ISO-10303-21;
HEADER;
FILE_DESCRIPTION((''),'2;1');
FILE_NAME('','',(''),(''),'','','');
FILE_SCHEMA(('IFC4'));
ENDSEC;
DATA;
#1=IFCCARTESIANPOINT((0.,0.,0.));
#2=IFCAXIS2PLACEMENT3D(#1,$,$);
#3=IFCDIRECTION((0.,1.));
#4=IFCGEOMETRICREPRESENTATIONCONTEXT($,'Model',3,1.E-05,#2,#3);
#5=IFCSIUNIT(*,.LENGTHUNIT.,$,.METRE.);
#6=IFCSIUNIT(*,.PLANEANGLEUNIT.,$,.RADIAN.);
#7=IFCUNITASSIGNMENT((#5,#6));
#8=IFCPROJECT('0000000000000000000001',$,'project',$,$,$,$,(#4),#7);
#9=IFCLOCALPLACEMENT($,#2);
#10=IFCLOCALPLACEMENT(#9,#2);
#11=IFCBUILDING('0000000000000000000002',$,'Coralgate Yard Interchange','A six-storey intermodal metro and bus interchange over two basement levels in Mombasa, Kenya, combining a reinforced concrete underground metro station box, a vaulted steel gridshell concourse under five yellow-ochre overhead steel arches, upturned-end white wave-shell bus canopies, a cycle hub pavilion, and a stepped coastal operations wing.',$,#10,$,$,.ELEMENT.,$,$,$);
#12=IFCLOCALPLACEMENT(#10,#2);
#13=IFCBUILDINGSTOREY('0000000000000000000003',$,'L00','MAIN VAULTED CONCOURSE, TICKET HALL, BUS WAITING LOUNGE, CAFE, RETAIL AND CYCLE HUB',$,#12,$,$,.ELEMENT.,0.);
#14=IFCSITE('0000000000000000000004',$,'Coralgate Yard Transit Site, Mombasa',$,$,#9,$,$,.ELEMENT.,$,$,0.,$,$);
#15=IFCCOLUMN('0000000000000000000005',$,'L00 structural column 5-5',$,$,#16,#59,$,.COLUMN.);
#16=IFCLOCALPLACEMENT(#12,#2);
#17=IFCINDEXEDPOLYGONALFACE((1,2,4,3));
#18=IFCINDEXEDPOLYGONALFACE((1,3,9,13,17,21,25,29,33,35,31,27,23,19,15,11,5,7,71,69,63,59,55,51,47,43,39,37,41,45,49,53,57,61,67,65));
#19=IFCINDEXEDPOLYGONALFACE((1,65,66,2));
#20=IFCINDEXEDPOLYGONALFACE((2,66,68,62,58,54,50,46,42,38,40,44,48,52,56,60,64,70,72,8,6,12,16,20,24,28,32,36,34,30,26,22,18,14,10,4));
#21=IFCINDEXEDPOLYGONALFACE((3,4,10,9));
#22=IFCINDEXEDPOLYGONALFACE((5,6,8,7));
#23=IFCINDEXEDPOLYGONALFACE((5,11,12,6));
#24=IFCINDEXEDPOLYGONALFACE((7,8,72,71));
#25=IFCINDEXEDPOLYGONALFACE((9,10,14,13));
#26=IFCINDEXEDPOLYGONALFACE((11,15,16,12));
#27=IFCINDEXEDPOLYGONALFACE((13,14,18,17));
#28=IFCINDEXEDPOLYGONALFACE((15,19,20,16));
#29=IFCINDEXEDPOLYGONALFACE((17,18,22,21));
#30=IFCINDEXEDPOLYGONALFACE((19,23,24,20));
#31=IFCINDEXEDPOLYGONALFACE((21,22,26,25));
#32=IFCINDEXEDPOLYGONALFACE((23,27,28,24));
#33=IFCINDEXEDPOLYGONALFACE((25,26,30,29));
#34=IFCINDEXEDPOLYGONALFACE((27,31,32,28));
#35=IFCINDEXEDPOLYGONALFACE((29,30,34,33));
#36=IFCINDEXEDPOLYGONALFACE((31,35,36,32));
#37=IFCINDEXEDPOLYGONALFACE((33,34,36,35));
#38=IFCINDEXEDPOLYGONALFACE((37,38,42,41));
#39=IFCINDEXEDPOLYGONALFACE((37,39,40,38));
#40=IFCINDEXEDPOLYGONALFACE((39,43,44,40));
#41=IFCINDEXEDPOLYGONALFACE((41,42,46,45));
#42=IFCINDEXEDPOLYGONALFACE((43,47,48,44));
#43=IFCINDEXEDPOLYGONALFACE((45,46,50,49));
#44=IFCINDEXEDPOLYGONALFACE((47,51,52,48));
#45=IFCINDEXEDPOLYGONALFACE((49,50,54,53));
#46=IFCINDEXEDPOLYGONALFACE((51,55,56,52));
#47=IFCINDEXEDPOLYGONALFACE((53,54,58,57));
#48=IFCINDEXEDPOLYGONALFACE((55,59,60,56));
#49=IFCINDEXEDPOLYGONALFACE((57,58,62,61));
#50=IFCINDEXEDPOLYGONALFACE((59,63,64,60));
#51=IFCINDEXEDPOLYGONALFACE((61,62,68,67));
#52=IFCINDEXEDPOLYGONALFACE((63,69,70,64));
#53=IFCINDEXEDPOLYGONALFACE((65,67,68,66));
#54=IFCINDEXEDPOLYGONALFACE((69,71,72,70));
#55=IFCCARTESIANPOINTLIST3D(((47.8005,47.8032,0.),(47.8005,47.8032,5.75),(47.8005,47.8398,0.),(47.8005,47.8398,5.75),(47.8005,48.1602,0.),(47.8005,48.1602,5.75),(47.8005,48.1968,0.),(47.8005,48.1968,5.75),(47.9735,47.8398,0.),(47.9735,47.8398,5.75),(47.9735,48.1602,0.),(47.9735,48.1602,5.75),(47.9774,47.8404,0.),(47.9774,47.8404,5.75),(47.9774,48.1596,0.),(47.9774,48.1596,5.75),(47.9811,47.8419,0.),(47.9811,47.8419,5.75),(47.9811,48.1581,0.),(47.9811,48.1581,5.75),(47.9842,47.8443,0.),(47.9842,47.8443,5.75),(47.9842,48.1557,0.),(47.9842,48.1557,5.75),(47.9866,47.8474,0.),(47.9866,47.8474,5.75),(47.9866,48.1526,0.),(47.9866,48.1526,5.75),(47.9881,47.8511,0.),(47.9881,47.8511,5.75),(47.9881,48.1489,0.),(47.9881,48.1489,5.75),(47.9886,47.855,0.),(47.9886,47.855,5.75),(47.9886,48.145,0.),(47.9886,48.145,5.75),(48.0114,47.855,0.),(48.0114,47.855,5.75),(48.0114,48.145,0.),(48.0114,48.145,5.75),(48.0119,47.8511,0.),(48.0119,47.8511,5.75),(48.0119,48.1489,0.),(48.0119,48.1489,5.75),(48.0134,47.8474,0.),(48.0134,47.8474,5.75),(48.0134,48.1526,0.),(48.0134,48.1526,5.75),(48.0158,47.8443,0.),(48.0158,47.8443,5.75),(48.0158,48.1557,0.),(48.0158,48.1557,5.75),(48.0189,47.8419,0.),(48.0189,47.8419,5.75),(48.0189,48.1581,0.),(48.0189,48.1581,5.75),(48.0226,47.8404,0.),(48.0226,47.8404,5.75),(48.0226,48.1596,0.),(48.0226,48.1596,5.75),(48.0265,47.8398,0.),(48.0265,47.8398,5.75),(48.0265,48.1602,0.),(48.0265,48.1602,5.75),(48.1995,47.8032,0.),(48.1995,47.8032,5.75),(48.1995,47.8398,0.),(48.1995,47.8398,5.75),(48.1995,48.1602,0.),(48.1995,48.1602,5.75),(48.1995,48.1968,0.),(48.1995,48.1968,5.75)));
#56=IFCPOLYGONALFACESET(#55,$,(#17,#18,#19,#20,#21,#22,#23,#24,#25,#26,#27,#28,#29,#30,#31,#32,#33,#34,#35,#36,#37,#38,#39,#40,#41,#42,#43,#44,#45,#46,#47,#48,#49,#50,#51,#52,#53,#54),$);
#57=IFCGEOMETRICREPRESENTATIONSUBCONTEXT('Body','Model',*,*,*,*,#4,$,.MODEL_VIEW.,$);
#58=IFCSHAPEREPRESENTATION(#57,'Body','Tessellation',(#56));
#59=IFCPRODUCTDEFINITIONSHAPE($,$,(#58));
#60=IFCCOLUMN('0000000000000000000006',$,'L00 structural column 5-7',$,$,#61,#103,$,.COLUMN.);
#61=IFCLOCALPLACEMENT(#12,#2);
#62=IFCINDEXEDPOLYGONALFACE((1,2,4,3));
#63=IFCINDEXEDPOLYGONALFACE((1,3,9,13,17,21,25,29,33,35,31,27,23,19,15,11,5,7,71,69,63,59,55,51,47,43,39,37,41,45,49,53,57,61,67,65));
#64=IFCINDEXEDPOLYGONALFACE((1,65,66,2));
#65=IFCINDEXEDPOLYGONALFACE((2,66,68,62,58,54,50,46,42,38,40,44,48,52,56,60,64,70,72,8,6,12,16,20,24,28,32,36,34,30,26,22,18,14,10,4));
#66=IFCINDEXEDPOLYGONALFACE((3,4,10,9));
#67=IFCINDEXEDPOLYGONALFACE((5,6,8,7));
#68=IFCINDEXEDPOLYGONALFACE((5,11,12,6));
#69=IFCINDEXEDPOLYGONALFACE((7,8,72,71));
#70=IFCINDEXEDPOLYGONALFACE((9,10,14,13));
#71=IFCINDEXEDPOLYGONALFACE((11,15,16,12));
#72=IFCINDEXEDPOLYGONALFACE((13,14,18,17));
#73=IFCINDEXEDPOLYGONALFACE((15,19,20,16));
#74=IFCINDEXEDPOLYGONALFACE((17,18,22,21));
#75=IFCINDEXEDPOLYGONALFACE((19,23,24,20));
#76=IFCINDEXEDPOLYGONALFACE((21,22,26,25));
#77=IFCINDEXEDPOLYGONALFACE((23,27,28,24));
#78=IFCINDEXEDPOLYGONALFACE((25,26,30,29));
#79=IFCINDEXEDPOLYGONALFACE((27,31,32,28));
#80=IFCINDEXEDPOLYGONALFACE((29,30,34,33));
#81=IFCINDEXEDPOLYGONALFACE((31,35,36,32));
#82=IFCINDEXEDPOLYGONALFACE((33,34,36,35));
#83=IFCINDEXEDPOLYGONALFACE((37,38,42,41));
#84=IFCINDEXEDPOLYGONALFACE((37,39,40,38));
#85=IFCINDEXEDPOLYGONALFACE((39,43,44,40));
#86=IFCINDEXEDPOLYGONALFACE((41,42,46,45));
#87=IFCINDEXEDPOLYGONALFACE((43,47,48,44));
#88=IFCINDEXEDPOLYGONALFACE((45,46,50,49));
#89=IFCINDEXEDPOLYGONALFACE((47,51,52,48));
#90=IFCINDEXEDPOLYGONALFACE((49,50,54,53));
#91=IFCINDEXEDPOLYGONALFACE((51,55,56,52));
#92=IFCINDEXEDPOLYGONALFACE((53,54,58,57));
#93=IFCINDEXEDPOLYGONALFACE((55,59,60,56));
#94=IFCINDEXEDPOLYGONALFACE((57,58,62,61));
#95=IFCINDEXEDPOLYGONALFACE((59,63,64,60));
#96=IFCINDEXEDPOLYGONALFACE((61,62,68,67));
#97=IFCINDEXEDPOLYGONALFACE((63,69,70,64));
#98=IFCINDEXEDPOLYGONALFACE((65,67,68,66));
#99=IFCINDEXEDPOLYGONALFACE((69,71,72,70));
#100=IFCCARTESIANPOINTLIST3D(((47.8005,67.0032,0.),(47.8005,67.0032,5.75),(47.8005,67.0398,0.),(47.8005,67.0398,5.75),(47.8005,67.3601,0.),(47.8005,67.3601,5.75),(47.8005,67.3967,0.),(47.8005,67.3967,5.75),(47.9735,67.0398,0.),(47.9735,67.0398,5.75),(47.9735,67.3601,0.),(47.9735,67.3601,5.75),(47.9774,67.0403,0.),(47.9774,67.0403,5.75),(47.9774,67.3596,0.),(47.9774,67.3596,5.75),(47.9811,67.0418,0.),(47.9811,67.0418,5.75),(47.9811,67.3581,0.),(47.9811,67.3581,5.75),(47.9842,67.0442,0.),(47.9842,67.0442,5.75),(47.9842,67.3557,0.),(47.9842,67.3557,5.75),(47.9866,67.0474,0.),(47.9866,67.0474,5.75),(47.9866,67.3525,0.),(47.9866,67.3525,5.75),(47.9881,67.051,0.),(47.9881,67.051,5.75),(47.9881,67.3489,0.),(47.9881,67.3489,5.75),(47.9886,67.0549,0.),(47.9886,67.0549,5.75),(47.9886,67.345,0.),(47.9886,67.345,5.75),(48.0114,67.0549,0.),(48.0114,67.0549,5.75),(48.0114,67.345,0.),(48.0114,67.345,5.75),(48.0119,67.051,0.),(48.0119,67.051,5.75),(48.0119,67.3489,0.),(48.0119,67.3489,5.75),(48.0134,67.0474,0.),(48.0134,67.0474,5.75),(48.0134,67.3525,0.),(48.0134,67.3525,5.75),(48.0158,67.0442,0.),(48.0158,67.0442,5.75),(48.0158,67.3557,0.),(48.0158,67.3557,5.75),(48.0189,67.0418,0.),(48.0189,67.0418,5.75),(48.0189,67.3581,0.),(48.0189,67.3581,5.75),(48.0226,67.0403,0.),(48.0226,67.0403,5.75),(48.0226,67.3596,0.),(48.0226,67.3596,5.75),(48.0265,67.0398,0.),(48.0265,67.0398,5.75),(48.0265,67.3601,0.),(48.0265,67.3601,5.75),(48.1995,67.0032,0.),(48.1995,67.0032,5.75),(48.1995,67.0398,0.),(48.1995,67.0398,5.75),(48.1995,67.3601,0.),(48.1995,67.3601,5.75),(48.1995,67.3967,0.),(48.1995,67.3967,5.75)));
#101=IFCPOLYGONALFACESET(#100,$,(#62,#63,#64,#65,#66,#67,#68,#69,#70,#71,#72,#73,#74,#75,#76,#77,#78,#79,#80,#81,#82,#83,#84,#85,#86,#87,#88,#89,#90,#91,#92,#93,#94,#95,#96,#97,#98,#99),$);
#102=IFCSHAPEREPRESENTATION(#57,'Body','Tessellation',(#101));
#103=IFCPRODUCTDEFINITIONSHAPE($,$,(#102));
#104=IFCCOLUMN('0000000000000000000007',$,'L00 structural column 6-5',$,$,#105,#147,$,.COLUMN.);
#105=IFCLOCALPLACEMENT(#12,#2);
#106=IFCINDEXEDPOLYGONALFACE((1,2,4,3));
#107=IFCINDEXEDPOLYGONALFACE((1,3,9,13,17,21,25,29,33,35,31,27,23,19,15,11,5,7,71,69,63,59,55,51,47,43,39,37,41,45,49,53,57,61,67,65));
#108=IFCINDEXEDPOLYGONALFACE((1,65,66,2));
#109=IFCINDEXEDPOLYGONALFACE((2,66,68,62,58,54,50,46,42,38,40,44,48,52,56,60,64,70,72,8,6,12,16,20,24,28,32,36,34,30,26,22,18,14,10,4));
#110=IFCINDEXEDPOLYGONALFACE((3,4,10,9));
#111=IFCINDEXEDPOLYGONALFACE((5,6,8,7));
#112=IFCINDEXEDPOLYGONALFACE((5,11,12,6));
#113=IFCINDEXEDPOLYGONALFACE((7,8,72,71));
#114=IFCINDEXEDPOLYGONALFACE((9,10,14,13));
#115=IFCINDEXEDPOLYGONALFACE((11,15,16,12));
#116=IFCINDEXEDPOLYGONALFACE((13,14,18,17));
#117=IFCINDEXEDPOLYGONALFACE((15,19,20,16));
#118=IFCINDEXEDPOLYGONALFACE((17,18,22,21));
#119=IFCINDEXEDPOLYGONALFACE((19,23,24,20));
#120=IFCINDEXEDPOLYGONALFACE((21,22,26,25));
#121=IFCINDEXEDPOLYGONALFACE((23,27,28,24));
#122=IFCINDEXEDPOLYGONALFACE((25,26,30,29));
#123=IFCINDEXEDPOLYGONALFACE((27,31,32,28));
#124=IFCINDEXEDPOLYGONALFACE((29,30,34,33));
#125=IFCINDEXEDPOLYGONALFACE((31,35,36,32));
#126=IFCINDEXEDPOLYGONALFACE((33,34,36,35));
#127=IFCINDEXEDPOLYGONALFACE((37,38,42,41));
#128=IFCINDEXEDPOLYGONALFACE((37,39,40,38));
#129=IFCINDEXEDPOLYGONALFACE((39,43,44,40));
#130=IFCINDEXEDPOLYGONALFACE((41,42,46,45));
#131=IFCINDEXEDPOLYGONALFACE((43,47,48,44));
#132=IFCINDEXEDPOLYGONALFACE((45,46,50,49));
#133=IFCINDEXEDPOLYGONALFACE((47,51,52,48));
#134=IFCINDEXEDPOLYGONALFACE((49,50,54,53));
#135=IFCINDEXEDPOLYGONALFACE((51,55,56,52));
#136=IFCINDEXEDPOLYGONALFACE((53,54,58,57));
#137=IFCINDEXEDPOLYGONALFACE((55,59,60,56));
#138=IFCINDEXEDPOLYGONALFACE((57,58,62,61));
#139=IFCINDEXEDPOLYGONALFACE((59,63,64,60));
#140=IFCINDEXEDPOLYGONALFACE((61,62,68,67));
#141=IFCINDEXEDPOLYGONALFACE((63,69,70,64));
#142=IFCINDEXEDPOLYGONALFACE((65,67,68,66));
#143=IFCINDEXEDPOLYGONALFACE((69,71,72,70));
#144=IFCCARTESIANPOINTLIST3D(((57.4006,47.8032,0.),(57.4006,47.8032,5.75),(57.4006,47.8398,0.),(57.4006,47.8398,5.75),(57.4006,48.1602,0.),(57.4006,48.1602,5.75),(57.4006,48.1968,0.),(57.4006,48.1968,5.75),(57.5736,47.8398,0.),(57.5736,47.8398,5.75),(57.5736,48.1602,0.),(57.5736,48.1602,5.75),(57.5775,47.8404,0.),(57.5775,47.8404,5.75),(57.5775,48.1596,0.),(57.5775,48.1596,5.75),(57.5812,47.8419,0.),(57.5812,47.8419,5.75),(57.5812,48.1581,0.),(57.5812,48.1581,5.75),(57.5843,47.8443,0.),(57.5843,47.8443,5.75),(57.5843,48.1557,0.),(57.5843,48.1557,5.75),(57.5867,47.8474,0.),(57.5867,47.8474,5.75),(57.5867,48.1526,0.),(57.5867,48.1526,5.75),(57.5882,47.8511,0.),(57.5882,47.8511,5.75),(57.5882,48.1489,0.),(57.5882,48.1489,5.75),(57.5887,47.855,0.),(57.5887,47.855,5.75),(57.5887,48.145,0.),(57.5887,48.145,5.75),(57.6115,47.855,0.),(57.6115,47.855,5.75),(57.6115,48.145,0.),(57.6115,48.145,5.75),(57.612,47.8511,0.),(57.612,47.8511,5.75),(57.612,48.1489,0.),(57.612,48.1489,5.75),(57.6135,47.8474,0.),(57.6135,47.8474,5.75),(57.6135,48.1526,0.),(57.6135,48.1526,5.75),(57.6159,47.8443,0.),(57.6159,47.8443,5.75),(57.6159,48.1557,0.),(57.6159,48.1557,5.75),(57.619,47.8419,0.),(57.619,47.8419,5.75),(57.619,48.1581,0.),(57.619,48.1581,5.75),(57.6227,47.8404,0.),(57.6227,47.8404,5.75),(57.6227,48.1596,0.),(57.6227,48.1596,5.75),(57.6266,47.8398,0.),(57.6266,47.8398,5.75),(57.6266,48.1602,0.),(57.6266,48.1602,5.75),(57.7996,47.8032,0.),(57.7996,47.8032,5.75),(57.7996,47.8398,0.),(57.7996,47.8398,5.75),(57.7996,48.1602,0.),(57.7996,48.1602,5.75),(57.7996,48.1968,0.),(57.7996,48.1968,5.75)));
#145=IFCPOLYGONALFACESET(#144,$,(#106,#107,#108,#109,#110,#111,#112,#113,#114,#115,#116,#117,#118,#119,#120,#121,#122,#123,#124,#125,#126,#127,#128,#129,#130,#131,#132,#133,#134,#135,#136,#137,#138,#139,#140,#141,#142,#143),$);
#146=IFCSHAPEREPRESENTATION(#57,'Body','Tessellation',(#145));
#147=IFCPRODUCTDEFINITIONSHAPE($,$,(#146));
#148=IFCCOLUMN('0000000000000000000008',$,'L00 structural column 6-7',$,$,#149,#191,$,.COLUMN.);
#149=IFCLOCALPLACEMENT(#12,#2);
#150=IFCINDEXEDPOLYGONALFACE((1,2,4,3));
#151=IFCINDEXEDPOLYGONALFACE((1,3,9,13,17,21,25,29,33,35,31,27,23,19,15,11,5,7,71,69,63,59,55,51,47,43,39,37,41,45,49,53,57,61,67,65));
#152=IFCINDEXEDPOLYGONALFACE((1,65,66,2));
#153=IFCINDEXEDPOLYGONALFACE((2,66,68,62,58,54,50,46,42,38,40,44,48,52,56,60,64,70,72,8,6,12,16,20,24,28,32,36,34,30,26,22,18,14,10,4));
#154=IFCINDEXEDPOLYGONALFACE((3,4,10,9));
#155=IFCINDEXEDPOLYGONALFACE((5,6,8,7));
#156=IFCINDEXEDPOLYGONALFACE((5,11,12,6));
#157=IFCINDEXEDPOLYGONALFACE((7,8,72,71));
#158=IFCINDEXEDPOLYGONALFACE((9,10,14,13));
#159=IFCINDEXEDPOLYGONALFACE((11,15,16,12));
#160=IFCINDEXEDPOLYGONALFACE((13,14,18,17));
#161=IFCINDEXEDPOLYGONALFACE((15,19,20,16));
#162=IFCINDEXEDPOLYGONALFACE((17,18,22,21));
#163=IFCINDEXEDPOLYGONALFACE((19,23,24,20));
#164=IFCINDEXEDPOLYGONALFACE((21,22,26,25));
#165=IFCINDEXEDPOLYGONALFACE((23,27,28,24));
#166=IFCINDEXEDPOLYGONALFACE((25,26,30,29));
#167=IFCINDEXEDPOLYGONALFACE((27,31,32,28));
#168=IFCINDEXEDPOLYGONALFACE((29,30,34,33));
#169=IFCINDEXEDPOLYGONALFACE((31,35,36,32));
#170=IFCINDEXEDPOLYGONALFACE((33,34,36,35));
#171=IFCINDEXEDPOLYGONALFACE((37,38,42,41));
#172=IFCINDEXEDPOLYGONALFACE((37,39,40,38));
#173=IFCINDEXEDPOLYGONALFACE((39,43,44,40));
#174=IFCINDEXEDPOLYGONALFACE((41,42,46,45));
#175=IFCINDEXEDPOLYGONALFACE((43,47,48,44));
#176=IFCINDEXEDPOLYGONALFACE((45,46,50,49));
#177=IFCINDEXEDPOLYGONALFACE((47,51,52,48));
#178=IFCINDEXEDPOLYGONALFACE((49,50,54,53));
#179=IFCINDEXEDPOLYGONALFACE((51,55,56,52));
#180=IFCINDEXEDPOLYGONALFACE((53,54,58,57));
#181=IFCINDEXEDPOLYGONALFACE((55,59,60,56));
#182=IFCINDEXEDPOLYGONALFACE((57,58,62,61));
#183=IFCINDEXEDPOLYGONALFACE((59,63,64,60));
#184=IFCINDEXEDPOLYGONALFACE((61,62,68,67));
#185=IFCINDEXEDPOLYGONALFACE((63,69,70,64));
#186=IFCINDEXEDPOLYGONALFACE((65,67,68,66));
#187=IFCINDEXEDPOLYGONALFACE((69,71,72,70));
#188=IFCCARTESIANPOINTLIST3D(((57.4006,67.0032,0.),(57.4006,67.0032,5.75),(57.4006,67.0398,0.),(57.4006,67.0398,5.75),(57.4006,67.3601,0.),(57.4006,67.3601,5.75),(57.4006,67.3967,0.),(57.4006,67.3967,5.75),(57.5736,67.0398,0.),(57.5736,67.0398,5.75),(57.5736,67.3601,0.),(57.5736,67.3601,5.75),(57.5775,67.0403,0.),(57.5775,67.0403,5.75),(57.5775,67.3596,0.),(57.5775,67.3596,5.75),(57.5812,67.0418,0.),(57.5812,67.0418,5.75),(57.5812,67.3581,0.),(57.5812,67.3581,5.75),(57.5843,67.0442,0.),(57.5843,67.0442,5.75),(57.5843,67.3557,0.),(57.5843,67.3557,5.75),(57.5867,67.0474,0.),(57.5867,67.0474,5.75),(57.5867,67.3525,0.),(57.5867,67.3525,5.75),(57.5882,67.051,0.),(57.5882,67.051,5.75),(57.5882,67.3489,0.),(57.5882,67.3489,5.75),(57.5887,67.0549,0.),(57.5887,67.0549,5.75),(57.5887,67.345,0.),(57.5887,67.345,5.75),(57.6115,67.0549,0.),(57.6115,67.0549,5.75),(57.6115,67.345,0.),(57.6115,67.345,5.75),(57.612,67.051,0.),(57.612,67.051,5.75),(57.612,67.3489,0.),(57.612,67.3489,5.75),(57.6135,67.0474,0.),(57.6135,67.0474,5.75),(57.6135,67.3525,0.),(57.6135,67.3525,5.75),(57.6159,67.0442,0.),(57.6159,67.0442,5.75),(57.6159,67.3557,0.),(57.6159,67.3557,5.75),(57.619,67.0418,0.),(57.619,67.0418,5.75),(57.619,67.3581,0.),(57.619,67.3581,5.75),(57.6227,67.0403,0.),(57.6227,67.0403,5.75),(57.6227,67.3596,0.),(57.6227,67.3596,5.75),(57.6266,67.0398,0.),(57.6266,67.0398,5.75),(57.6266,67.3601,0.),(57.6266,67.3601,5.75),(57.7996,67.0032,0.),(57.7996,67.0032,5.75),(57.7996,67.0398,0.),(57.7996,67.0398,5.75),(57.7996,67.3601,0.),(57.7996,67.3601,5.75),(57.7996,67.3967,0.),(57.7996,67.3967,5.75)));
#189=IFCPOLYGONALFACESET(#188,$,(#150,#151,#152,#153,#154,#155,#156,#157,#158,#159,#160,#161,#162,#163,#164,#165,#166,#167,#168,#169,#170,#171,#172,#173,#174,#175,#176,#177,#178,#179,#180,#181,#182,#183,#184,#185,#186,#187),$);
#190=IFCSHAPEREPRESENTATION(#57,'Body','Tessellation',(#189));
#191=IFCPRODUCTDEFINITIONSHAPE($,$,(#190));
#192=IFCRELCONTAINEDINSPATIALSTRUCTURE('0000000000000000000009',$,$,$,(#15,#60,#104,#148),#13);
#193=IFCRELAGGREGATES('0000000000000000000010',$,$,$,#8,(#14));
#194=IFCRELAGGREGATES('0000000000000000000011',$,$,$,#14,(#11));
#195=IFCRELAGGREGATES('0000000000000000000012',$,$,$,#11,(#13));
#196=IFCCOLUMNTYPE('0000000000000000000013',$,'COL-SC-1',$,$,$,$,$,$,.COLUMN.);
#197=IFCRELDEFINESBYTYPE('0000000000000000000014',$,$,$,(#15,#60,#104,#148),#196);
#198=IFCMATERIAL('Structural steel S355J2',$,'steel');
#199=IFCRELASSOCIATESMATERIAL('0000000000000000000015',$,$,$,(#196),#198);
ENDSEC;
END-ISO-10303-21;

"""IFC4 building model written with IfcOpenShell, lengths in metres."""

from ifc_helpers import new_model, si_unit, direction, frame, origin, origin_2d, place, context, subcontext, project, spatial, i_section, extrude, material, material_profile, profile_set, type_object, element, save


model = new_model("IFC4")

# Units and contexts
model_context = context("Model", 3, precision=1e-05, world=origin(), true_north=direction((0.0, 1.0)))
body_context = subcontext(model_context, "Body", "Model", "MODEL_VIEW")
ifc_project = project(units=[si_unit("LENGTHUNIT", "METRE"), si_unit("PLANEANGLEUNIT", "RADIAN")], contexts=[model_context])

# Site, building, storey
site_placement = place(None, origin())
site = spatial("IfcSite", under=ifc_project, at=site_placement, Name="Coralgate Yard Transit Site, Mombasa", CompositionType="ELEMENT", RefElevation=0.0)
building_placement = place(site_placement, origin())
building = spatial("IfcBuilding", under=site, at=building_placement, Name="Coralgate Yard Interchange", Description="A six-storey intermodal metro and bus interchange over two basement levels in Mombasa, Kenya, combining a reinforced concrete underground metro station box, a vaulted steel gridshell concourse under five yellow-ochre overhead steel arches, upturned-end white wave-shell bus canopies, a cycle hub pavilion, and a stepped coastal operations wing.", CompositionType="ELEMENT")
storey_placement = place(building_placement, origin())
storey = spatial("IfcBuildingStorey", under=building, at=storey_placement, Name="L00", Description="MAIN VAULTED CONCOURSE, TICKET HALL, BUS WAITING LOUNGE, CAFE, RETAIL AND CYCLE HUB", CompositionType="ELEMENT", Elevation=0.0)

# Columns
ifc_material_1 = material(Name="Structural steel S355J2", Category="steel")
ifc_material_profile_1 = material_profile(ifc_material_1, i_section(OverallWidth=0.3989, OverallDepth=0.3936, WebThickness=0.0227, FlangeThickness=0.0366, FilletRadius=0.0151, at=origin_2d()), Name="UC 356x406x287")
ifc_profile_set_1 = profile_set([ifc_material_profile_1], Name="Structural steel S355J2")
column_type = type_object("IfcColumnType", Name="COL-SC-1", PredefinedType="COLUMN", material=ifc_profile_set_1)
for number, where, z_axis, x_axis, name in (
    (1, (48.0, 48.0, 0.0), (0.0, 0.0, 1.0), (1.0, 0.0, 0.0), "L00 structural column 5-5"),
    (2, (48.0, 67.2, 0.0), (0.0, 0.0, 1.0), (1.0, 0.0, 0.0), "L00 structural column 5-7"),
    (3, (57.6001, 48.0, 0.0), (0.0, 0.0, 1.0), (1.0, 0.0, 0.0), "L00 structural column 6-5"),
    (4, (57.6001, 67.2, 0.0), (0.0, 0.0, 1.0), (1.0, 0.0, 0.0), "L00 structural column 6-7"),
):
    element("IfcColumn", number, at=place(storey_placement, frame(where, z_axis=z_axis, x_axis=x_axis)), inside=storey, type_object=column_type, Name=name, PredefinedType="COLUMN", context=body_context, shape_type="SweptSolid", body=[
        extrude(i_section(OverallWidth=0.3989, OverallDepth=0.3936, WebThickness=0.0227, FlangeThickness=0.0366, FilletRadius=0.0151, at=origin_2d()), origin(), (0.0, 0.0, 1.0), 5.75),
    ])

save(model, "model.ifc")
